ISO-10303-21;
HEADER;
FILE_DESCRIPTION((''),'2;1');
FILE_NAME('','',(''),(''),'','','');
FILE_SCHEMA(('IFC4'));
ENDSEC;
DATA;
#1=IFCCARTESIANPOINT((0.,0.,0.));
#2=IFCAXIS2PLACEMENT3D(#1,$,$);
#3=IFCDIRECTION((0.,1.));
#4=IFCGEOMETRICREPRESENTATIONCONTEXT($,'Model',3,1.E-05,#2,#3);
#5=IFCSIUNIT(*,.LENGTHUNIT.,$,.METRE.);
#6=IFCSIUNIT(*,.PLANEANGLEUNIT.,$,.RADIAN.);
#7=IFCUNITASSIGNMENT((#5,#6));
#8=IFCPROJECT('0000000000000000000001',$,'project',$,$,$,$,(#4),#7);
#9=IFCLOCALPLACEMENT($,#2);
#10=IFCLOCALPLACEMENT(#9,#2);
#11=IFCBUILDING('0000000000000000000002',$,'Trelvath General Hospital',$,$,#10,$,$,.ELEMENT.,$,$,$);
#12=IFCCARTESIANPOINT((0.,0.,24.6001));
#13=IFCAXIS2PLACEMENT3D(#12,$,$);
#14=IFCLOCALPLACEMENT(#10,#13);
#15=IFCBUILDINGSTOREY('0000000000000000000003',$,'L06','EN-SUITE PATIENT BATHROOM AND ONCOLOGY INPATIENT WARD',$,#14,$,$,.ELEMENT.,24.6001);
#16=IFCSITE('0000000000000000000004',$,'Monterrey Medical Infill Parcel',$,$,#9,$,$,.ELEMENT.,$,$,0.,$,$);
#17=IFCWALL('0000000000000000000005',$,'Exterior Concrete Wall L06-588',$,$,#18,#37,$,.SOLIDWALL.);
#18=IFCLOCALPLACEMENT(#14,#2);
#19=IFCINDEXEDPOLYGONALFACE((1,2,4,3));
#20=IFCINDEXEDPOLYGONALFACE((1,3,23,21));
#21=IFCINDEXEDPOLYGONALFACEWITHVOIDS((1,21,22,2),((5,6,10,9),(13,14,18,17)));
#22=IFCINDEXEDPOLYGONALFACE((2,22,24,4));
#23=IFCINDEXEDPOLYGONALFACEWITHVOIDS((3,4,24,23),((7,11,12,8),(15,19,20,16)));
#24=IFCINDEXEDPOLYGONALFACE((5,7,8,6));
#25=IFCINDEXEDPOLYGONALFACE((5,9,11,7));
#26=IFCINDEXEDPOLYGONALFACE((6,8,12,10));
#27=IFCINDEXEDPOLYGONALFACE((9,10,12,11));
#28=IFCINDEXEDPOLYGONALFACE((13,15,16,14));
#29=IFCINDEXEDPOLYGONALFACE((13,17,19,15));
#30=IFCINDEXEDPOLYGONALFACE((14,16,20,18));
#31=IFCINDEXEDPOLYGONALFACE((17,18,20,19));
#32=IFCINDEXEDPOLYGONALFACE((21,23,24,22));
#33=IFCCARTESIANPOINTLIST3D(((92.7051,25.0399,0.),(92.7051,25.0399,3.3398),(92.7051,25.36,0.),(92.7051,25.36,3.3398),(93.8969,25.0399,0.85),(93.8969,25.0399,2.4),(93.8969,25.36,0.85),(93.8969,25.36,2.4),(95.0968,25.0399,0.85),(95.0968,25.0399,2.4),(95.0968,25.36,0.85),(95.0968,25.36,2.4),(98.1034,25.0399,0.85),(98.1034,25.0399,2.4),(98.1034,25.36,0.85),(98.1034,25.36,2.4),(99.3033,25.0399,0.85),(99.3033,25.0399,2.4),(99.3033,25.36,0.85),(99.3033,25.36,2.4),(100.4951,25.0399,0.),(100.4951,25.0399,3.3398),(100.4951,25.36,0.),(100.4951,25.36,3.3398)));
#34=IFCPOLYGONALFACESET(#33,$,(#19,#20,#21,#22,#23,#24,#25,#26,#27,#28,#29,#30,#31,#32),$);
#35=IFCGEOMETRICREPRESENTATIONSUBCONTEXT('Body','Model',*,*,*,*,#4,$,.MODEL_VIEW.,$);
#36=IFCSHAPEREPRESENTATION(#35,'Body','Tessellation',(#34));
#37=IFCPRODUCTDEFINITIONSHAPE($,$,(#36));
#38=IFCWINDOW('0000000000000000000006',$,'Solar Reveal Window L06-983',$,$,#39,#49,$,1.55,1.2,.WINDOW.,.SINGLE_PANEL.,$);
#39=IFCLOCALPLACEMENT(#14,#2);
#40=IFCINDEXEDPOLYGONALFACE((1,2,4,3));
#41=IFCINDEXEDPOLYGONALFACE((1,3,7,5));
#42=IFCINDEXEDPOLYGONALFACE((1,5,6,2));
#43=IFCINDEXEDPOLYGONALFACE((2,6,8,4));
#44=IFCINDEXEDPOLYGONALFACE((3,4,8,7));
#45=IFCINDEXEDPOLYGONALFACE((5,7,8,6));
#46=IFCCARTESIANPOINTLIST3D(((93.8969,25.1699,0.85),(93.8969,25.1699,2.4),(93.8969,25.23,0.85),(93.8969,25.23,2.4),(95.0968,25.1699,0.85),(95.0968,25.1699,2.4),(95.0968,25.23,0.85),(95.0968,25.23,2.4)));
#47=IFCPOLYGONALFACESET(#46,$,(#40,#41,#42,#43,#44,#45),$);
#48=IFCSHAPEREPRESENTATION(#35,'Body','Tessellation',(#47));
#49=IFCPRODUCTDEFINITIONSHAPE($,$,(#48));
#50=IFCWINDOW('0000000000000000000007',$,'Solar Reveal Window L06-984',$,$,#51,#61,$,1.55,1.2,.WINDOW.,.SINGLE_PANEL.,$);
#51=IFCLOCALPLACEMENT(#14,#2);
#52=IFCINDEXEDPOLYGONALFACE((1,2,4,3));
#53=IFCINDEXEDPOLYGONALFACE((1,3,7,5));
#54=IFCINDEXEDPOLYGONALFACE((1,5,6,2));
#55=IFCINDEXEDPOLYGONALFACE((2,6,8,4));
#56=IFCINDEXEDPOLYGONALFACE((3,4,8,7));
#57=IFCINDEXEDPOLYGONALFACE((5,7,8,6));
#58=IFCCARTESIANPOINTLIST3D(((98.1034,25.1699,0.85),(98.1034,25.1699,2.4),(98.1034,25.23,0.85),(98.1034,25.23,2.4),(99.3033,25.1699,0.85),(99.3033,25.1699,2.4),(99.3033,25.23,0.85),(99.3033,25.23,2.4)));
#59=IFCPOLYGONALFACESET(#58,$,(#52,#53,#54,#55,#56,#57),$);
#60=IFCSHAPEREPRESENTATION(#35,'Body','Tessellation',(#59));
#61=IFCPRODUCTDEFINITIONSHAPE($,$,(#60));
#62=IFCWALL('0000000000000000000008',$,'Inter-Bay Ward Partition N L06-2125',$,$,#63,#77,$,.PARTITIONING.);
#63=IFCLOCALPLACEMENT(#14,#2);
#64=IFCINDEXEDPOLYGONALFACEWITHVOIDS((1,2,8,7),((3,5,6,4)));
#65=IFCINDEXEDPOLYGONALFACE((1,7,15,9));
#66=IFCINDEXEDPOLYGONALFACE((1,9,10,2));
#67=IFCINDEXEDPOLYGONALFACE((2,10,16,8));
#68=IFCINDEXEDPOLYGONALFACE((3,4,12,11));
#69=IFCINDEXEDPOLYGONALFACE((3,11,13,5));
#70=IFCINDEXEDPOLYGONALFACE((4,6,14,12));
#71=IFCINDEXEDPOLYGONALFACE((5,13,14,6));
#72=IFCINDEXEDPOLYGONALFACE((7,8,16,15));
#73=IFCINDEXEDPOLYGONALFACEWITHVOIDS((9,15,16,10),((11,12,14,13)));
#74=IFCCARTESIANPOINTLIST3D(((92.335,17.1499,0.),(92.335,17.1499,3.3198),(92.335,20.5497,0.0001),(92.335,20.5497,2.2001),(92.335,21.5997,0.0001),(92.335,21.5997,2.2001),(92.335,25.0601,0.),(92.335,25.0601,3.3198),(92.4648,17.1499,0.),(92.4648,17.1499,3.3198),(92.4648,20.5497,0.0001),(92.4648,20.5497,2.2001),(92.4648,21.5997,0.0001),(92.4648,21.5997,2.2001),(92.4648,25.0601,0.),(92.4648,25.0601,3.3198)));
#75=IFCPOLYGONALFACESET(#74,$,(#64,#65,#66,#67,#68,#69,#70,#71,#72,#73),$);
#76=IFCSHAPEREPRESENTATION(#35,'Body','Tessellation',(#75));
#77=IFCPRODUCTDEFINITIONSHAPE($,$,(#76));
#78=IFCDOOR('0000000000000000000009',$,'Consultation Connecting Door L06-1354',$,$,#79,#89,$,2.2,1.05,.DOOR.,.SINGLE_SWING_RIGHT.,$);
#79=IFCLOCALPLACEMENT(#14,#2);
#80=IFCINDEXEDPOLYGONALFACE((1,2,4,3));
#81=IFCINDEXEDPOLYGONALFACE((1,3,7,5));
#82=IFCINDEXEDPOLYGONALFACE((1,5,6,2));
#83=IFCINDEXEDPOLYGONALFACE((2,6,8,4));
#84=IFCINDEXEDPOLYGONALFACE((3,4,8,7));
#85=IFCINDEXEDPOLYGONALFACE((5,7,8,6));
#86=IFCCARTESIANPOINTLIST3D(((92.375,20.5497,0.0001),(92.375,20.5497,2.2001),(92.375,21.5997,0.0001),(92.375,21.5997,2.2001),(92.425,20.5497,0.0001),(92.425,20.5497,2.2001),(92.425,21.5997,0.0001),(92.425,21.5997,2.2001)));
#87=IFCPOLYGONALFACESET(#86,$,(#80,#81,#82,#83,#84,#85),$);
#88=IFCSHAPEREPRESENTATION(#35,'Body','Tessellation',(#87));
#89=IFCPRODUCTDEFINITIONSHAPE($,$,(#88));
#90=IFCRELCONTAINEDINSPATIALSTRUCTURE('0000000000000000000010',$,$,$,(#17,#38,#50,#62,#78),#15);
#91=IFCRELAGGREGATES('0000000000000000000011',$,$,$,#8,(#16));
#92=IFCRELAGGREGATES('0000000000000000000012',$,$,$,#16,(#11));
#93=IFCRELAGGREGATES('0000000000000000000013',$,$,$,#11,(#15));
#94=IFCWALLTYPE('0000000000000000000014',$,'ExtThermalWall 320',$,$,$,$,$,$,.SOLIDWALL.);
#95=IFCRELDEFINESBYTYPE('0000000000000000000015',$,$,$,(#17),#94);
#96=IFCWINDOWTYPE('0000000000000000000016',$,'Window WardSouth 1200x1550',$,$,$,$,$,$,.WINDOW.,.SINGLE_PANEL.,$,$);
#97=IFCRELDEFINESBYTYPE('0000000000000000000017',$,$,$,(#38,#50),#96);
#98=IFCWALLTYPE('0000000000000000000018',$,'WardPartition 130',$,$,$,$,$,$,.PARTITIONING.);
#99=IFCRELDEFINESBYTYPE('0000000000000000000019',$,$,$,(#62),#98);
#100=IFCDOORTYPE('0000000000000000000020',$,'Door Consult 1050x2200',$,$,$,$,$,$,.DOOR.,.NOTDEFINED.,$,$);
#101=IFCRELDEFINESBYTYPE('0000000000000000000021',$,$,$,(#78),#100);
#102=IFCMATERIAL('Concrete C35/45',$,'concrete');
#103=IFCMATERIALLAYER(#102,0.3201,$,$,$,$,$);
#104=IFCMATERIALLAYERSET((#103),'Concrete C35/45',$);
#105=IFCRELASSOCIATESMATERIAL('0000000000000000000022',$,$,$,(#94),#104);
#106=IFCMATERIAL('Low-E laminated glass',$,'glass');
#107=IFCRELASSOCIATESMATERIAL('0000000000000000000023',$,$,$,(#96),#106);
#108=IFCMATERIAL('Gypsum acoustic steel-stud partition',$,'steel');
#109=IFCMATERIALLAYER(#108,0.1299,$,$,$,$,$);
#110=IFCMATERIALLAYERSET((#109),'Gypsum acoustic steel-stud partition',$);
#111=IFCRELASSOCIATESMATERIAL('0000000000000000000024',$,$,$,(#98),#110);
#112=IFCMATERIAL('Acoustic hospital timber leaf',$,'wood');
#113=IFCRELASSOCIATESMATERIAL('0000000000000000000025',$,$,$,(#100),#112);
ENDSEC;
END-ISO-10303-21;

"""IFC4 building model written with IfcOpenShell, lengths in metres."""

from ifc_helpers import new_model, si_unit, direction, frame, frame_2d, origin, place, context, subcontext, project, spatial, rectangle, extrude, material, layer, layer_set, type_object, element, fill, save


model = new_model("IFC4")

# Units and contexts
model_context = context("Model", 3, precision=1e-05, world=origin(), true_north=direction((0.0, 1.0)))
body_context = subcontext(model_context, "Body", "Model", "MODEL_VIEW")
ifc_project = project(units=[si_unit("LENGTHUNIT", "METRE"), si_unit("PLANEANGLEUNIT", "RADIAN")], contexts=[model_context])

# Site, building, storey
site_placement = place(None, origin())
site = spatial("IfcSite", under=ifc_project, at=site_placement, Name="Monterrey Medical Infill Parcel", CompositionType="ELEMENT", RefElevation=0.0)
building_placement = place(site_placement, origin())
building = spatial("IfcBuilding", under=site, at=building_placement, Name="Trelvath General Hospital", CompositionType="ELEMENT")
storey_placement = place(building_placement, frame((0.0, 0.0, 24.6001)))
storey = spatial("IfcBuildingStorey", under=building, at=storey_placement, Name="L06", Description="EN-SUITE PATIENT BATHROOM AND ONCOLOGY INPATIENT WARD", CompositionType="ELEMENT", Elevation=24.6001)

# Wall, openings, windows
ifc_material_1 = material(Name="Concrete C35/45", Category="concrete")
ifc_layer_1 = layer(ifc_material_1, 0.3201)
ifc_layer_set_1 = layer_set([ifc_layer_1], Name="Concrete C35/45")
wall_type_1 = type_object("IfcWallType", Name="ExtThermalWall 320", PredefinedType="SOLIDWALL", material=ifc_layer_set_1)
wall_1_placement = place(storey_placement, frame((92.7051, 25.2, 0.0), z_axis=(0.0, 0.0, 1.0), x_axis=(1.0, 0.0, 0.0)))
wall_1 = element("IfcWall", 1, at=wall_1_placement, inside=storey, type_object=wall_type_1, Name="Exterior Concrete Wall L06-588", PredefinedType="SOLIDWALL", context=body_context, shape_type="SweptSolid", body=[
    extrude(rectangle(XDim=7.79, YDim=0.3201, at=frame_2d((3.895, 0.0))), origin(), (0.0, 0.0, 1.0), 3.3398),
])
opening_1_placement = place(wall_1_placement, frame((1.1917, 0.0, 0.8501)))
opening_1 = element("IfcOpeningElement", 2, at=opening_1_placement, cuts=wall_1, PredefinedType="OPENING", context=body_context, shape_type="SweptSolid", body=[
    extrude(rectangle(XDim=1.2, YDim=1.55, at=frame_2d((0.6001, 0.7749))), frame((0.0, 0.1699, 0.0), z_axis=(0.0, -1.0, 0.0), x_axis=(1.0, 0.0, 0.0)), (0.0, 0.0, 1.0), 0.3401),
])
opening_2_placement = place(wall_1_placement, frame((5.3982, 0.0, 0.8501)))
opening_2 = element("IfcOpeningElement", 3, at=opening_2_placement, cuts=wall_1, PredefinedType="OPENING", context=body_context, shape_type="SweptSolid", body=[
    extrude(rectangle(XDim=1.2, YDim=1.55, at=frame_2d((0.6001, 0.7749))), frame((0.0, 0.1699, 0.0), z_axis=(0.0, -1.0, 0.0), x_axis=(1.0, 0.0, 0.0)), (0.0, 0.0, 1.0), 0.3401),
])
ifc_material_2 = material(Name="Low-E laminated glass", Category="glass")
window_type = type_object("IfcWindowType", Name="Window WardSouth 1200x1550", PartitioningType="SINGLE_PANEL", PredefinedType="WINDOW", material=ifc_material_2)
window_1_placement = place(opening_1_placement, origin())
window_1 = element("IfcWindow", 4, at=window_1_placement, inside=storey, type_object=window_type, Name="Solar Reveal Window L06-983", OverallHeight=1.55, OverallWidth=1.2, PartitioningType="SINGLE_PANEL", PredefinedType="WINDOW", context=body_context, shape_type="SweptSolid", body=[
    extrude(rectangle(XDim=1.2, YDim=1.55, at=frame_2d((0.6001, 0.7749))), frame((0.0, 0.03, 0.0), z_axis=(0.0, -1.0, 0.0), x_axis=(1.0, 0.0, 0.0)), (0.0, 0.0, 1.0), 0.0601),
])
fill(opening_1, window_1)
window_2_placement = place(opening_2_placement, origin())
window_2 = element("IfcWindow", 5, at=window_2_placement, inside=storey, type_object=window_type, Name="Solar Reveal Window L06-984", OverallHeight=1.55, OverallWidth=1.2, PartitioningType="SINGLE_PANEL", PredefinedType="WINDOW", context=body_context, shape_type="SweptSolid", body=[
    extrude(rectangle(XDim=1.2, YDim=1.55, at=frame_2d((0.6001, 0.7749))), frame((0.0, 0.03, 0.0), z_axis=(0.0, -1.0, 0.0), x_axis=(1.0, 0.0, 0.0)), (0.0, 0.0, 1.0), 0.0601),
])
fill(opening_2, window_2)

# Wall, opening, door
ifc_material_3 = material(Name="Gypsum acoustic steel-stud partition", Category="steel")
ifc_layer_2 = layer(ifc_material_3, 0.1299)
ifc_layer_set_2 = layer_set([ifc_layer_2], Name="Gypsum acoustic steel-stud partition")
wall_type_2 = type_object("IfcWallType", Name="WardPartition 130", PredefinedType="PARTITIONING", material=ifc_layer_set_2)
wall_2_placement = place(storey_placement, frame((92.3999, 17.1499, 0.0), z_axis=(0.0, 0.0, 1.0), x_axis=(0.0, 1.0, 0.0)))
wall_2 = element("IfcWall", 6, at=wall_2_placement, inside=storey, type_object=wall_type_2, Name="Inter-Bay Ward Partition N L06-2125", PredefinedType="PARTITIONING", context=body_context, shape_type="SweptSolid", body=[
    extrude(rectangle(XDim=7.9102, YDim=0.1299, at=frame_2d((3.9551, 0.0))), origin(), (0.0, 0.0, 1.0), 3.3198),
])
opening_3_placement = place(wall_2_placement, frame((3.3999, 0.0, 0.0)))
opening_3 = element("IfcOpeningElement", 7, at=opening_3_placement, cuts=wall_2, PredefinedType="OPENING", context=body_context, shape_type="SweptSolid", body=[
    extrude(rectangle(XDim=1.05, YDim=2.2, at=frame_2d((0.5249, 1.1001))), frame((0.0, 0.075, 0.0), z_axis=(0.0, -1.0, 0.0), x_axis=(1.0, 0.0, 0.0)), (0.0, 0.0, 1.0), 0.1499),
])
ifc_material_4 = material(Name="Acoustic hospital timber leaf", Category="wood")
door_type_1 = type_object("IfcDoorType", Name="Door Consult 1050x2200", OperationType="NOTDEFINED", PredefinedType="DOOR", material=ifc_material_4)
door_1_placement = place(opening_3_placement, origin())
door_1 = element("IfcDoor", 8, at=door_1_placement, inside=storey, type_object=door_type_1, Name="Consultation Connecting Door L06-1354", OperationType="SINGLE_SWING_RIGHT", OverallHeight=2.2, OverallWidth=1.05, PredefinedType="DOOR", context=body_context, shape_type="SweptSolid", body=[
    extrude(rectangle(XDim=1.05, YDim=2.2, at=frame_2d((0.5249, 1.1001))), frame((0.0, 0.0249, 0.0), z_axis=(0.0, -1.0, 0.0), x_axis=(1.0, 0.0, 0.0)), (0.0, 0.0, 1.0), 0.05),
])
fill(opening_3, door_1)

save(model, "model.ifc")
